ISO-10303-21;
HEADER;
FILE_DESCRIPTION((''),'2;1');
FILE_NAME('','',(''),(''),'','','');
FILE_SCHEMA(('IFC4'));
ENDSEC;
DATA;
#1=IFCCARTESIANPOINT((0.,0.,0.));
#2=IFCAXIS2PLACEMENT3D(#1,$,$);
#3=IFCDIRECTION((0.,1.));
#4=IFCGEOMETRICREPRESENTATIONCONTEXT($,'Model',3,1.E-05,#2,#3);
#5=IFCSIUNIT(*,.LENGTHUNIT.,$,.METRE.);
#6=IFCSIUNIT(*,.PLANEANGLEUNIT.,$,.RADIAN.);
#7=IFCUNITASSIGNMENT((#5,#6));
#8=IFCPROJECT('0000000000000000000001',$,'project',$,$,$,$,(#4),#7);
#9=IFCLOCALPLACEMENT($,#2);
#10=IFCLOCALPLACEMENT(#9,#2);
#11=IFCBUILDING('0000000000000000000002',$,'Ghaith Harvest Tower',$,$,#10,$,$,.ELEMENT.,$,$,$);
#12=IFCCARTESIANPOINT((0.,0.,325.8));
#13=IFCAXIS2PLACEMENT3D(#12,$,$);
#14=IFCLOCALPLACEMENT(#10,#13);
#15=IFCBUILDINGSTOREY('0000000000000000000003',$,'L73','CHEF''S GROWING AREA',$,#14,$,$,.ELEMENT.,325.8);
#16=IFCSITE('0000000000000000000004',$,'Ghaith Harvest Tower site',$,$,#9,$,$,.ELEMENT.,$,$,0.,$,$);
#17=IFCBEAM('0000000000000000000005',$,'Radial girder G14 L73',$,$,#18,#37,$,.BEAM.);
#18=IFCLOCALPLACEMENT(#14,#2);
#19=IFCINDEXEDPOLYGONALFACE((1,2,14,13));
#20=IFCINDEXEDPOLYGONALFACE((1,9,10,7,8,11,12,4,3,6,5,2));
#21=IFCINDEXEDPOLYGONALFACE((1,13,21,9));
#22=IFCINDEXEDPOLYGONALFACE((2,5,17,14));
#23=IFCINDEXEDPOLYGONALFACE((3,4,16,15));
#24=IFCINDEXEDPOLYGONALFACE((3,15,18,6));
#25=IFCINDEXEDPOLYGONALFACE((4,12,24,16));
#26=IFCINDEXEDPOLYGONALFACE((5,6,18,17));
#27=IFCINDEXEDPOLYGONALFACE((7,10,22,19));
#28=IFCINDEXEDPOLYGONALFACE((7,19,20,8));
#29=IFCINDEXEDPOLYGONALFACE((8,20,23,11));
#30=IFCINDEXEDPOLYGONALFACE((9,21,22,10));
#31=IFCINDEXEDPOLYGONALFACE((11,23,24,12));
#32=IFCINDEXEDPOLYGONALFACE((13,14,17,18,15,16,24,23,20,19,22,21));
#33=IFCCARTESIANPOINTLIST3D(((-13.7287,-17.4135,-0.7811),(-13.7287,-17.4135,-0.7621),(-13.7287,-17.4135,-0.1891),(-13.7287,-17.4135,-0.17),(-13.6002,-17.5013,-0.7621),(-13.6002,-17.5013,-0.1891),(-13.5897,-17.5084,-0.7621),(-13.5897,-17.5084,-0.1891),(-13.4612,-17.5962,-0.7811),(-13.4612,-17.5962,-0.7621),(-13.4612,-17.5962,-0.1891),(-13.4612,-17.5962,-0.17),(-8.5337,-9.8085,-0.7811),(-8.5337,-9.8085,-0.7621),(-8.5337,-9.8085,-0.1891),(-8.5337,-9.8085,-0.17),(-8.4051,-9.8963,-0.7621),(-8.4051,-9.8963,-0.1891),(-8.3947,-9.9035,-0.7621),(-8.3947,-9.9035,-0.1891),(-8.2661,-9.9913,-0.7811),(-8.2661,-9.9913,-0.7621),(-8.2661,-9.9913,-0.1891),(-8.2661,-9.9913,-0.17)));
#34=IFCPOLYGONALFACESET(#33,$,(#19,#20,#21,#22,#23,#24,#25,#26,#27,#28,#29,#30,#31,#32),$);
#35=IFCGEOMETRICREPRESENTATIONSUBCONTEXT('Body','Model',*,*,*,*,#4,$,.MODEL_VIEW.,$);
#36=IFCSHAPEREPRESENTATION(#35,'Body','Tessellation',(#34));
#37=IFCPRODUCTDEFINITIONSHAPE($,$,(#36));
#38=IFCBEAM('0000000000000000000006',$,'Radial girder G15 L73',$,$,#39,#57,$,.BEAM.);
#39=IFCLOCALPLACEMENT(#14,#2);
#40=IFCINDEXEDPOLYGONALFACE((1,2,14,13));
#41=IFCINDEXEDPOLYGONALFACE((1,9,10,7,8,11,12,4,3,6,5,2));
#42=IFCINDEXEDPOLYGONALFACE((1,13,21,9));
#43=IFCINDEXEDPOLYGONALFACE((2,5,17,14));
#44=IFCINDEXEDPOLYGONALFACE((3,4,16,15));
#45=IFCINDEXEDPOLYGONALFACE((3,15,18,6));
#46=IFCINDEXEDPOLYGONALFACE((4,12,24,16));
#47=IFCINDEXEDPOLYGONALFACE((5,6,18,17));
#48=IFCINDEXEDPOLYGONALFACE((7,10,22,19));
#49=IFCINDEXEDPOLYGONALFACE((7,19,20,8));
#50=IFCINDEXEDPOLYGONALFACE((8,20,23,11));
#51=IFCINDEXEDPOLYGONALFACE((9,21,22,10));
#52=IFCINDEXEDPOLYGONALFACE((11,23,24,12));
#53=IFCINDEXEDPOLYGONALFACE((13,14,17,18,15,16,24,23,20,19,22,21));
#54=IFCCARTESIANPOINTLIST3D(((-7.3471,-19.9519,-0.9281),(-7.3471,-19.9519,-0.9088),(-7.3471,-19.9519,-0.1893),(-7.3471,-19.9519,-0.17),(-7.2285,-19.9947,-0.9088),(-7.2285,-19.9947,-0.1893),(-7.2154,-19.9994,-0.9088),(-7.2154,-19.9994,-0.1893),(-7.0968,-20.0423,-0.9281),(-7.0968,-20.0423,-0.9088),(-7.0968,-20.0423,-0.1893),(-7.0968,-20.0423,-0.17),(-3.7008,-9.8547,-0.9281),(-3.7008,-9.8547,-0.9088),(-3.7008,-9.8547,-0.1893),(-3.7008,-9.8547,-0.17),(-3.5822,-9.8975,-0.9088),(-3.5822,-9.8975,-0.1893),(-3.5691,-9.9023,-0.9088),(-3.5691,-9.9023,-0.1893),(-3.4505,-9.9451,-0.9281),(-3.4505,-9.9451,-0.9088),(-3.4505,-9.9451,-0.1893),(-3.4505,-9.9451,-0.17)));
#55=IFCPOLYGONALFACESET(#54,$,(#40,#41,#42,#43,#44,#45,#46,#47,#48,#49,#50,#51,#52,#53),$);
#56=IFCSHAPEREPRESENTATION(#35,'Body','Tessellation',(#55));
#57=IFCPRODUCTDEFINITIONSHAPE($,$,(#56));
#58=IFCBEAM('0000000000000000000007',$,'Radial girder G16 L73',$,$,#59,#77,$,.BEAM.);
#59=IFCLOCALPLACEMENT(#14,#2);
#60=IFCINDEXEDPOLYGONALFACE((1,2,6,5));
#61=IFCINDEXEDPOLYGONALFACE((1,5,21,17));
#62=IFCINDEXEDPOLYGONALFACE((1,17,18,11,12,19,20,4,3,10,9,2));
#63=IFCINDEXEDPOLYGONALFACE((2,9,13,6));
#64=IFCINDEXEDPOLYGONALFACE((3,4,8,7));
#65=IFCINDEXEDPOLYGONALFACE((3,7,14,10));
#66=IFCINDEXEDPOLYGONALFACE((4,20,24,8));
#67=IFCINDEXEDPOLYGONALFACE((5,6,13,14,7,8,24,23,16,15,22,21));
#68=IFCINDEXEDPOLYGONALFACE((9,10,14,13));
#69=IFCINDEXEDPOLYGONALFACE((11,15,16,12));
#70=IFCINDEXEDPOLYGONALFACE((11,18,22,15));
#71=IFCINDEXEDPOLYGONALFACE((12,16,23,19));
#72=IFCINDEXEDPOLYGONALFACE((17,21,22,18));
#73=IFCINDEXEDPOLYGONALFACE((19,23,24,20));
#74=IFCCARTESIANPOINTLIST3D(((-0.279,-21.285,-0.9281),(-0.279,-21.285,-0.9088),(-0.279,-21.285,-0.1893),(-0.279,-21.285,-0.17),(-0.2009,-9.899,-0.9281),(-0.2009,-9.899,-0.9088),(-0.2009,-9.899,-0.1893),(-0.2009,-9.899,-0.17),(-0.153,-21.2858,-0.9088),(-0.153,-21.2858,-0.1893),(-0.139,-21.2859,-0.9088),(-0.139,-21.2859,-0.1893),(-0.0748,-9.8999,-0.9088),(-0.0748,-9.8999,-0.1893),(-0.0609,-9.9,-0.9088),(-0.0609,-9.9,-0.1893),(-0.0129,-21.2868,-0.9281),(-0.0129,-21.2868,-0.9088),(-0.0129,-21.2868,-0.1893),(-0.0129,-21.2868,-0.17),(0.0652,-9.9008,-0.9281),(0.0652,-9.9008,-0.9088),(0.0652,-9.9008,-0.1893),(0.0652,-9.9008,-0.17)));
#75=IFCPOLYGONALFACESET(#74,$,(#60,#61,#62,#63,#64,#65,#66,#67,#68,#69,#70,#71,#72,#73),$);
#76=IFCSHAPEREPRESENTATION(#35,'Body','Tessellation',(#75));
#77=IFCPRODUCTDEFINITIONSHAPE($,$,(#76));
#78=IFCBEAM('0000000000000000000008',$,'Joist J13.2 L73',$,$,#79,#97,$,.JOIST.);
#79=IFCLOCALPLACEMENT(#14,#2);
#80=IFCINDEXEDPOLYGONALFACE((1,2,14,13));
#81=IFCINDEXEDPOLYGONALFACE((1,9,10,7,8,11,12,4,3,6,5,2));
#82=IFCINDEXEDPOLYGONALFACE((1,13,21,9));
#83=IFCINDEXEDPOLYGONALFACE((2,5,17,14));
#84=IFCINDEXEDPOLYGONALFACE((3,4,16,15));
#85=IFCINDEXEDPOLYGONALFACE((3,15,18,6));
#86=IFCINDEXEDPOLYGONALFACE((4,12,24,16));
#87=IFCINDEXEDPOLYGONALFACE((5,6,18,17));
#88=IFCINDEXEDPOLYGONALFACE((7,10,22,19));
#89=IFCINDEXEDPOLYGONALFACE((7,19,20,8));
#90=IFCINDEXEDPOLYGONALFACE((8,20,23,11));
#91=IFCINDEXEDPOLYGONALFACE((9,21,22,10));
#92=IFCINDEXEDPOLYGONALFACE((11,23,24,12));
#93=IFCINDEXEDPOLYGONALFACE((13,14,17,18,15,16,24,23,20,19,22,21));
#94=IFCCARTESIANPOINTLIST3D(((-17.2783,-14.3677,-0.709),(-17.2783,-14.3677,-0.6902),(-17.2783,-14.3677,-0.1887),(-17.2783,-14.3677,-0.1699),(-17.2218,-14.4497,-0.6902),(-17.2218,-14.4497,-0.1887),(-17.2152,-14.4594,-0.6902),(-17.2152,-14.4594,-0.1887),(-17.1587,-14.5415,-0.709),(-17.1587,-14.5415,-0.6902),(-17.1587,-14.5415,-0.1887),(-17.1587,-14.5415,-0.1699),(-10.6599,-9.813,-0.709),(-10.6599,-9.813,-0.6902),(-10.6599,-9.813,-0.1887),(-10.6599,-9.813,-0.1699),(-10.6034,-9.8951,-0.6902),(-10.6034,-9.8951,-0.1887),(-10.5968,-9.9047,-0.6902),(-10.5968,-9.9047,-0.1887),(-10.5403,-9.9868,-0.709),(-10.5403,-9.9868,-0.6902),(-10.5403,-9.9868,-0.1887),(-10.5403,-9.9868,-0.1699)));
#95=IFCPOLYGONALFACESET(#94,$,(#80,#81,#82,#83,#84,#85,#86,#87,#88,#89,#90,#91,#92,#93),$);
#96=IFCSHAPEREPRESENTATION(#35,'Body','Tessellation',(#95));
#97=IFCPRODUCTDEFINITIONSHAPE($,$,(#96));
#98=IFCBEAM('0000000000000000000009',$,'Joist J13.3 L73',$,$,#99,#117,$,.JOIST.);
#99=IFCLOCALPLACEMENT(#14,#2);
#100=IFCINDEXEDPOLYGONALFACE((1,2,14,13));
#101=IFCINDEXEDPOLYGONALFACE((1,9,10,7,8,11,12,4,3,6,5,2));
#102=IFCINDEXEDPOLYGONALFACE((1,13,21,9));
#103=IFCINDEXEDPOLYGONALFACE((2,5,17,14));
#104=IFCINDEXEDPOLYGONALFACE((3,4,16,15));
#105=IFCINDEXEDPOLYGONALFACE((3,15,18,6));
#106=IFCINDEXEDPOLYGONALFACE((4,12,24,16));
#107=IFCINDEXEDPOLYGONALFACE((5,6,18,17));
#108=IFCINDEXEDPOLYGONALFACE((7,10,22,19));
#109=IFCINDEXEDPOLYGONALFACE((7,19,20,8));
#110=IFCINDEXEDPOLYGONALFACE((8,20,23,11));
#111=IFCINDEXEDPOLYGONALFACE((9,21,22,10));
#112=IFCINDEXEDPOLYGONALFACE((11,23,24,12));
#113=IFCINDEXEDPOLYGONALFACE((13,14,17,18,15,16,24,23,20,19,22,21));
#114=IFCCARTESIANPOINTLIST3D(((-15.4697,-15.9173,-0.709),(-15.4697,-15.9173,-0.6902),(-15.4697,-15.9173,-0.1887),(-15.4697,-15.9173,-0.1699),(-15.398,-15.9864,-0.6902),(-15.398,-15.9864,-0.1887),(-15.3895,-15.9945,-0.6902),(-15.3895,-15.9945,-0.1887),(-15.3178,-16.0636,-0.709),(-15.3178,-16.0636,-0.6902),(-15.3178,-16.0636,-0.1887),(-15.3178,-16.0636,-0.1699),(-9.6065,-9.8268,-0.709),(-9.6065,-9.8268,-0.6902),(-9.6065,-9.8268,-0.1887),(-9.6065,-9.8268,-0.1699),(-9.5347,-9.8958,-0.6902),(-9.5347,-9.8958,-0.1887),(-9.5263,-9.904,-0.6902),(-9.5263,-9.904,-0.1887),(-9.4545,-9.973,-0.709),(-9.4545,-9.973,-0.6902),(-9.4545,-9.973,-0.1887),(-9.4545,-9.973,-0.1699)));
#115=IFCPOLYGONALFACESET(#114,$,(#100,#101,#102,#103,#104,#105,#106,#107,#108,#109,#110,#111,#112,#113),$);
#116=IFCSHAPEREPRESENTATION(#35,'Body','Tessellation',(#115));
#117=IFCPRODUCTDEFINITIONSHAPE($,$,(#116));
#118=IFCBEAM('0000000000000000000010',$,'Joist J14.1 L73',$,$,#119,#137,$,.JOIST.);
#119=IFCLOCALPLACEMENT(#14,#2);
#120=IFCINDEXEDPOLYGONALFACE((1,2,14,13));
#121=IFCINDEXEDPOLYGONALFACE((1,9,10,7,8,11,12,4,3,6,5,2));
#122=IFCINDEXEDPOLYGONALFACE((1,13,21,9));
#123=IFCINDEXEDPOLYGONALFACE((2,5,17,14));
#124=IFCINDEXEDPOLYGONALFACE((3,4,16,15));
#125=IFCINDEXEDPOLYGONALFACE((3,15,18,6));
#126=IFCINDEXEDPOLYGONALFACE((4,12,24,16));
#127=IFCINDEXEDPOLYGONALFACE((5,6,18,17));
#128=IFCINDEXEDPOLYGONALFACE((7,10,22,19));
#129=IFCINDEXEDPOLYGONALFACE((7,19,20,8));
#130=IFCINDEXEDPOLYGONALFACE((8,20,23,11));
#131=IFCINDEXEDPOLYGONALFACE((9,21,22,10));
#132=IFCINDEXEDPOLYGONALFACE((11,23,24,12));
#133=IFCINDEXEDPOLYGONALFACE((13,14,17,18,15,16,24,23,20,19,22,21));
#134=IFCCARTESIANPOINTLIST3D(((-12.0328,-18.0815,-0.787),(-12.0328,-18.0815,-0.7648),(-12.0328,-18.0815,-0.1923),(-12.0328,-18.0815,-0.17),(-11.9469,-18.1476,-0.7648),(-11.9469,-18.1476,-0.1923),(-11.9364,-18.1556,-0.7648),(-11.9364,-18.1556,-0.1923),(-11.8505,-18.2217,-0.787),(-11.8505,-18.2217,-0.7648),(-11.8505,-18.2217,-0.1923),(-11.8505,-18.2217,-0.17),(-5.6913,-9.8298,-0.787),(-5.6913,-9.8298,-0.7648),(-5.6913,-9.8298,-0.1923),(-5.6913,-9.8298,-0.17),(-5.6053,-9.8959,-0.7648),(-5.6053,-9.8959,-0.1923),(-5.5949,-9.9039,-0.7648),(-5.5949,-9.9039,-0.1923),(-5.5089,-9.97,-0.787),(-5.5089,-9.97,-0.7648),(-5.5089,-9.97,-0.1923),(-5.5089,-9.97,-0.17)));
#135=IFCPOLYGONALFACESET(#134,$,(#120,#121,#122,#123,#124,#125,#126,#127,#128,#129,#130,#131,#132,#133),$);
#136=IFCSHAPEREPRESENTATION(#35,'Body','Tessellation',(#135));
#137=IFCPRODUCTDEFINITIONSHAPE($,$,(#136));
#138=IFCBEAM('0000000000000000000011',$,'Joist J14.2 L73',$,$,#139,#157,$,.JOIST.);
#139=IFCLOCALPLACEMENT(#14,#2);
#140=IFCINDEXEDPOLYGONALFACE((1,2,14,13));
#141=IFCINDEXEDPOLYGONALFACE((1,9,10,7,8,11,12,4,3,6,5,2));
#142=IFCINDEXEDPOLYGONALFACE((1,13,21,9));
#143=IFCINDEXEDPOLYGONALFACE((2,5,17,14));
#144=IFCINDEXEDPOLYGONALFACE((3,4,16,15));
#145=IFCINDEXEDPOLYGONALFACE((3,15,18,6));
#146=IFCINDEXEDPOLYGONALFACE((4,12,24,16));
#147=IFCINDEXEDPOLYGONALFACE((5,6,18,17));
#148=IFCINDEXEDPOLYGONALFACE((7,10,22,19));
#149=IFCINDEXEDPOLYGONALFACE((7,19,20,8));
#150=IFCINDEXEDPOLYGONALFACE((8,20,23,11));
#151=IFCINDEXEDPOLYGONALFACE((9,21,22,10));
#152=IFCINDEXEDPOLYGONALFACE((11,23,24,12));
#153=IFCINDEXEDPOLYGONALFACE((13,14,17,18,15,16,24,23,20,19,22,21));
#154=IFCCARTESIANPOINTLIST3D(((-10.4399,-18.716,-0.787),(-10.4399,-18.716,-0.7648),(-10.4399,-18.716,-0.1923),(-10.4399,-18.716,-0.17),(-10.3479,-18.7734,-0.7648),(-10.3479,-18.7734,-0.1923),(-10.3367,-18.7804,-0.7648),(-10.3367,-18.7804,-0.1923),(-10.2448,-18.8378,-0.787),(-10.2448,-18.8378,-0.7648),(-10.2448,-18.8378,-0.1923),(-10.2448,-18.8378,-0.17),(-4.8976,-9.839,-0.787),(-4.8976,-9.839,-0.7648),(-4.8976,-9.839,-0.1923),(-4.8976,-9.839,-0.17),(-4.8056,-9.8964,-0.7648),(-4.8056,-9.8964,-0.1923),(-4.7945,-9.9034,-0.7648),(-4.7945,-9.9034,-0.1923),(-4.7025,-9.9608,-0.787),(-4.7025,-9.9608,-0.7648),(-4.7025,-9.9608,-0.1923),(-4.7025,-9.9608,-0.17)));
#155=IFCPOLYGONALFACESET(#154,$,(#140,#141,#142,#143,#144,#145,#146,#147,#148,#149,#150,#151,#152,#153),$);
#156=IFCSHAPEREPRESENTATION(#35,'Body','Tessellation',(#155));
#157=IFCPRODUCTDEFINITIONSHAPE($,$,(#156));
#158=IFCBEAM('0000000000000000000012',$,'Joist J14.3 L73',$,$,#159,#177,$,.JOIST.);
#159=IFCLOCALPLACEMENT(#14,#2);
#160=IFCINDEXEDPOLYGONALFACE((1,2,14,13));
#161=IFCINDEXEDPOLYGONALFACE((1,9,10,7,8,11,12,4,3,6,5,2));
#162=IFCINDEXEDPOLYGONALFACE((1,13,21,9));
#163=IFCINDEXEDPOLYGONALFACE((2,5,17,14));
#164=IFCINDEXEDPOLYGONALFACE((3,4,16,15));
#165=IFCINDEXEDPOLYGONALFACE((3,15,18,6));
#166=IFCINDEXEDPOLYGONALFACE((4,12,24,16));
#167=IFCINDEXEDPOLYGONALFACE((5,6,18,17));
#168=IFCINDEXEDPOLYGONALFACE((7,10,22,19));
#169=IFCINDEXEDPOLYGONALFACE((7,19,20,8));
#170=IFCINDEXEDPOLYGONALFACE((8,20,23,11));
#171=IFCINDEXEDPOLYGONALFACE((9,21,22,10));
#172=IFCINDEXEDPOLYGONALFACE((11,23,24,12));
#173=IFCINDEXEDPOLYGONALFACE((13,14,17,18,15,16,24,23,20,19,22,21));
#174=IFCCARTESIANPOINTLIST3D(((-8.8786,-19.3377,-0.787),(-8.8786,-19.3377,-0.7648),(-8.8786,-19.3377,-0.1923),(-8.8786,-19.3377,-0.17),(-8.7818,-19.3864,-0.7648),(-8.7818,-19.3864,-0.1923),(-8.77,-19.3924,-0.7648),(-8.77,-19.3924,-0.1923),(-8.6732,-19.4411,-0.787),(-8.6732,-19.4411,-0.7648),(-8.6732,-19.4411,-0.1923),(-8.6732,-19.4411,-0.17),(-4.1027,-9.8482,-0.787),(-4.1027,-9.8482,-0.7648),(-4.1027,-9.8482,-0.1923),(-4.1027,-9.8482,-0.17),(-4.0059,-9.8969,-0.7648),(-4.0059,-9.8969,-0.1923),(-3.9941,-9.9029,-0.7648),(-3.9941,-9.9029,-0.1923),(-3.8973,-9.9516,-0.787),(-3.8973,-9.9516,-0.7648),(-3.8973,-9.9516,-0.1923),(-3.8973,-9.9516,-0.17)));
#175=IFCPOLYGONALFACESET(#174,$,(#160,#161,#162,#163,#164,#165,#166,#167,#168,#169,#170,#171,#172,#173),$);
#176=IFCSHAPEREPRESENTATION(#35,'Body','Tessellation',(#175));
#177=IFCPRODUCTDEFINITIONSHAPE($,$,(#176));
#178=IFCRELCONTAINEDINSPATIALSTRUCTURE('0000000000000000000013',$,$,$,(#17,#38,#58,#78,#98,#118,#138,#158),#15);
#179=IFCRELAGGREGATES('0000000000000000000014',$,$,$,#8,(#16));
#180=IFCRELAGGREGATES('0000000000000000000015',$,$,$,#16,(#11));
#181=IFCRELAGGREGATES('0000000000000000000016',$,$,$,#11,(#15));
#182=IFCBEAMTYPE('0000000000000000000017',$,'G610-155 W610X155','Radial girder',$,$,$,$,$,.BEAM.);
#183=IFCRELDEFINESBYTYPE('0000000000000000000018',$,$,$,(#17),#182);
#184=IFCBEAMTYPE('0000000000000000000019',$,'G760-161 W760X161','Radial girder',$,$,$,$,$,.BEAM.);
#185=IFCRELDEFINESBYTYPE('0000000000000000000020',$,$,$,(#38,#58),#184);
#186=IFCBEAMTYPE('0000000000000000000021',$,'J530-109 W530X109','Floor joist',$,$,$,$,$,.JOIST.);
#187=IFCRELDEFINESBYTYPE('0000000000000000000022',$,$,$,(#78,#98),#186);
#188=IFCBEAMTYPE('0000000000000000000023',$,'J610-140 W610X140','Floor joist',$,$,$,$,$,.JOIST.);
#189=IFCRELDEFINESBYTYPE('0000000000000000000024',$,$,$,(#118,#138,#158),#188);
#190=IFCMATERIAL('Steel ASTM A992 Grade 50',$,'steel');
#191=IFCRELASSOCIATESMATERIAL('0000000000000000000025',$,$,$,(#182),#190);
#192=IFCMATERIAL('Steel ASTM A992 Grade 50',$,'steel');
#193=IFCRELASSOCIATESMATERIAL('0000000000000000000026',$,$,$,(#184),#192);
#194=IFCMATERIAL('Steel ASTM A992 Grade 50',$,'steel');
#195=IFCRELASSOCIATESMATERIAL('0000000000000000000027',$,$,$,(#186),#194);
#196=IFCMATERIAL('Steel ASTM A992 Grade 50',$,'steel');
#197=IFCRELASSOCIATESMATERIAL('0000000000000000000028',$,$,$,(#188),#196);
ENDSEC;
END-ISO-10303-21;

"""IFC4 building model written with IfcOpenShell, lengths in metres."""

from ifc_helpers import new_model, si_unit, direction, frame, origin, origin_2d, place, context, subcontext, project, spatial, i_section, extrude, material, material_profile, profile_set, type_object, element, save


model = new_model("IFC4")

# Units and contexts
model_context = context("Model", 3, precision=1e-05, world=origin(), true_north=direction((0.0, 1.0)))
body_context = subcontext(model_context, "Body", "Model", "MODEL_VIEW")
ifc_project = project(units=[si_unit("LENGTHUNIT", "METRE"), si_unit("PLANEANGLEUNIT", "RADIAN")], contexts=[model_context])

# Site, building, storey
site_placement = place(None, origin())
site = spatial("IfcSite", under=ifc_project, at=site_placement, Name="Ghaith Harvest Tower site", CompositionType="ELEMENT", RefElevation=0.0)
building_placement = place(site_placement, origin())
building = spatial("IfcBuilding", under=site, at=building_placement, Name="Ghaith Harvest Tower", CompositionType="ELEMENT")
storey_placement = place(building_placement, frame((0.0, 0.0, 325.8)))
storey = spatial("IfcBuildingStorey", under=building, at=storey_placement, Name="L73", Description="CHEF'S GROWING AREA", CompositionType="ELEMENT", Elevation=325.8)

# Beams
ifc_material_1 = material(Name="Steel ASTM A992 Grade 50", Category="steel")
ifc_material_profile_1 = material_profile(ifc_material_1, i_section(OverallWidth=0.324, OverallDepth=0.6111, WebThickness=0.0127, FlangeThickness=0.019, at=origin_2d()), Name="W610X155")
ifc_profile_set_1 = profile_set([ifc_material_profile_1], Name="Steel ASTM A992 Grade 50")
beam_type_1 = type_object("IfcBeamType", Name="G610-155 W610X155", Description="Radial girder", PredefinedType="BEAM", material=ifc_profile_set_1)
beam_1_placement = place(storey_placement, frame((-8.3999, -9.8999, -0.4756), z_axis=(-0.564067, -0.825729, 0.0), x_axis=(0.825729, -0.564067, 0.0)))
element("IfcBeam", 1, at=beam_1_placement, inside=storey, type_object=beam_type_1, Name="Radial girder G14 L73", PredefinedType="BEAM", context=body_context, shape_type="SweptSolid", body=[
    extrude(i_section(OverallWidth=0.324, OverallDepth=0.6111, WebThickness=0.0127, FlangeThickness=0.019, at=origin_2d()), origin(), (0.0, 0.0, 1.0), 9.21),
])
ifc_material_2 = material(Name="Steel ASTM A992 Grade 50", Category="steel")
ifc_material_profile_2 = material_profile(ifc_material_2, i_section(OverallWidth=0.2661, OverallDepth=0.7581, WebThickness=0.0139, FlangeThickness=0.0193, at=origin_2d()), Name="W760X161")
ifc_profile_set_2 = profile_set([ifc_material_profile_2], Name="Steel ASTM A992 Grade 50")
beam_type_2 = type_object("IfcBeamType", Name="G760-161 W760X161", Description="Radial girder", PredefinedType="BEAM", material=ifc_profile_set_2)
beam_2_placement = place(storey_placement, frame((-3.5757, -9.8999, -0.5491), z_axis=(-0.339648, -0.940553, 0.0), x_axis=(0.940553, -0.339648, 0.0)))
element("IfcBeam", 2, at=beam_2_placement, inside=storey, type_object=beam_type_2, Name="Radial girder G15 L73", PredefinedType="BEAM", context=body_context, shape_type="SweptSolid", body=[
    extrude(i_section(OverallWidth=0.2661, OverallDepth=0.7581, WebThickness=0.0139, FlangeThickness=0.0193, at=origin_2d()), origin(), (0.0, 0.0, 1.0), 10.7354),
])
beam_3_placement = place(storey_placement, frame((-0.0679, -9.8999, -0.5491), z_axis=(-0.006861, -0.999976, 0.0), x_axis=(0.999976, -0.006861, 0.0)))
element("IfcBeam", 3, at=beam_3_placement, inside=storey, type_object=beam_type_2, Name="Radial girder G16 L73", PredefinedType="BEAM", context=body_context, shape_type="SweptSolid", body=[
    extrude(i_section(OverallWidth=0.2661, OverallDepth=0.7581, WebThickness=0.0139, FlangeThickness=0.0193, at=origin_2d()), origin(), (0.0, 0.0, 1.0), 11.3862),
])
ifc_material_3 = material(Name="Steel ASTM A992 Grade 50", Category="steel")
ifc_material_profile_3 = material_profile(ifc_material_3, i_section(OverallWidth=0.2109, OverallDepth=0.5391, WebThickness=0.0117, FlangeThickness=0.0188, at=origin_2d()), Name="W530X109")
ifc_profile_set_3 = profile_set([ifc_material_profile_3], Name="Steel ASTM A992 Grade 50")
beam_type_3 = type_object("IfcBeamType", Name="J530-109 W530X109", Description="Floor joist", PredefinedType="JOIST", material=ifc_profile_set_3)
beam_4_placement = place(storey_placement, frame((-10.6001, -9.8999, -0.4395), z_axis=(-0.823779, -0.566912, 0.0), x_axis=(0.566912, -0.823779, 0.0)))
element("IfcBeam", 4, at=beam_4_placement, inside=storey, type_object=beam_type_3, Name="Joist J13.2 L73", PredefinedType="JOIST", context=body_context, shape_type="SweptSolid", body=[
    extrude(i_section(OverallWidth=0.2109, OverallDepth=0.5391, WebThickness=0.0117, FlangeThickness=0.0188, at=origin_2d()), origin(), (0.0, 0.0, 1.0), 8.0342),
])
beam_5_placement = place(storey_placement, frame((-9.5305, -9.8999, -0.4395), z_axis=(-0.693536, -0.720422, 0.0), x_axis=(0.720422, -0.693536, 0.0)))
element("IfcBeam", 5, at=beam_5_placement, inside=storey, type_object=beam_type_3, Name="Joist J13.3 L73", PredefinedType="JOIST", context=body_context, shape_type="SweptSolid", body=[
    extrude(i_section(OverallWidth=0.2109, OverallDepth=0.5391, WebThickness=0.0117, FlangeThickness=0.0188, at=origin_2d()), origin(), (0.0, 0.0, 1.0), 8.4541),
])
ifc_material_4 = material(Name="Steel ASTM A992 Grade 50", Category="steel")
ifc_material_profile_4 = material_profile(ifc_material_4, i_section(OverallWidth=0.23, OverallDepth=0.6169, WebThickness=0.0132, FlangeThickness=0.0222, at=origin_2d()), Name="W610X140")
ifc_profile_set_4 = profile_set([ifc_material_profile_4], Name="Steel ASTM A992 Grade 50")
beam_type_4 = type_object("IfcBeamType", Name="J610-140 W610X140", Description="Floor joist", PredefinedType="JOIST", material=ifc_profile_set_4)
beam_6_placement = place(storey_placement, frame((-5.6001, -9.8999, -0.4785), z_axis=(-0.609354, -0.792899, 0.0), x_axis=(0.792899, -0.609354, 0.0)))
element("IfcBeam", 6, at=beam_6_placement, inside=storey, type_object=beam_type_4, Name="Joist J14.1 L73", PredefinedType="JOIST", context=body_context, shape_type="SweptSolid", body=[
    extrude(i_section(OverallWidth=0.23, OverallDepth=0.6169, WebThickness=0.0132, FlangeThickness=0.0222, at=origin_2d()), origin(), (0.0, 0.0, 1.0), 10.407),
])
beam_7_placement = place(storey_placement, frame((-4.8, -9.8999, -0.4785), z_axis=(-0.529596, -0.84825, 0.0), x_axis=(0.84825, -0.529596, 0.0)))
element("IfcBeam", 7, at=beam_7_placement, inside=storey, type_object=beam_type_4, Name="Joist J14.2 L73", PredefinedType="JOIST", context=body_context, shape_type="SweptSolid", body=[
    extrude(i_section(OverallWidth=0.23, OverallDepth=0.6169, WebThickness=0.0132, FlangeThickness=0.0222, at=origin_2d()), origin(), (0.0, 0.0, 1.0), 10.4651),
])
beam_8_placement = place(storey_placement, frame((-4.0, -9.8999, -0.4785), z_axis=(-0.449556, -0.893252, 0.0), x_axis=(0.893252, -0.449556, 0.0)))
element("IfcBeam", 8, at=beam_8_placement, inside=storey, type_object=beam_type_4, Name="Joist J14.3 L73", PredefinedType="JOIST", context=body_context, shape_type="SweptSolid", body=[
    extrude(i_section(OverallWidth=0.23, OverallDepth=0.6169, WebThickness=0.0132, FlangeThickness=0.0222, at=origin_2d()), origin(), (0.0, 0.0, 1.0), 10.6235),
])

save(model, "model.ifc")
